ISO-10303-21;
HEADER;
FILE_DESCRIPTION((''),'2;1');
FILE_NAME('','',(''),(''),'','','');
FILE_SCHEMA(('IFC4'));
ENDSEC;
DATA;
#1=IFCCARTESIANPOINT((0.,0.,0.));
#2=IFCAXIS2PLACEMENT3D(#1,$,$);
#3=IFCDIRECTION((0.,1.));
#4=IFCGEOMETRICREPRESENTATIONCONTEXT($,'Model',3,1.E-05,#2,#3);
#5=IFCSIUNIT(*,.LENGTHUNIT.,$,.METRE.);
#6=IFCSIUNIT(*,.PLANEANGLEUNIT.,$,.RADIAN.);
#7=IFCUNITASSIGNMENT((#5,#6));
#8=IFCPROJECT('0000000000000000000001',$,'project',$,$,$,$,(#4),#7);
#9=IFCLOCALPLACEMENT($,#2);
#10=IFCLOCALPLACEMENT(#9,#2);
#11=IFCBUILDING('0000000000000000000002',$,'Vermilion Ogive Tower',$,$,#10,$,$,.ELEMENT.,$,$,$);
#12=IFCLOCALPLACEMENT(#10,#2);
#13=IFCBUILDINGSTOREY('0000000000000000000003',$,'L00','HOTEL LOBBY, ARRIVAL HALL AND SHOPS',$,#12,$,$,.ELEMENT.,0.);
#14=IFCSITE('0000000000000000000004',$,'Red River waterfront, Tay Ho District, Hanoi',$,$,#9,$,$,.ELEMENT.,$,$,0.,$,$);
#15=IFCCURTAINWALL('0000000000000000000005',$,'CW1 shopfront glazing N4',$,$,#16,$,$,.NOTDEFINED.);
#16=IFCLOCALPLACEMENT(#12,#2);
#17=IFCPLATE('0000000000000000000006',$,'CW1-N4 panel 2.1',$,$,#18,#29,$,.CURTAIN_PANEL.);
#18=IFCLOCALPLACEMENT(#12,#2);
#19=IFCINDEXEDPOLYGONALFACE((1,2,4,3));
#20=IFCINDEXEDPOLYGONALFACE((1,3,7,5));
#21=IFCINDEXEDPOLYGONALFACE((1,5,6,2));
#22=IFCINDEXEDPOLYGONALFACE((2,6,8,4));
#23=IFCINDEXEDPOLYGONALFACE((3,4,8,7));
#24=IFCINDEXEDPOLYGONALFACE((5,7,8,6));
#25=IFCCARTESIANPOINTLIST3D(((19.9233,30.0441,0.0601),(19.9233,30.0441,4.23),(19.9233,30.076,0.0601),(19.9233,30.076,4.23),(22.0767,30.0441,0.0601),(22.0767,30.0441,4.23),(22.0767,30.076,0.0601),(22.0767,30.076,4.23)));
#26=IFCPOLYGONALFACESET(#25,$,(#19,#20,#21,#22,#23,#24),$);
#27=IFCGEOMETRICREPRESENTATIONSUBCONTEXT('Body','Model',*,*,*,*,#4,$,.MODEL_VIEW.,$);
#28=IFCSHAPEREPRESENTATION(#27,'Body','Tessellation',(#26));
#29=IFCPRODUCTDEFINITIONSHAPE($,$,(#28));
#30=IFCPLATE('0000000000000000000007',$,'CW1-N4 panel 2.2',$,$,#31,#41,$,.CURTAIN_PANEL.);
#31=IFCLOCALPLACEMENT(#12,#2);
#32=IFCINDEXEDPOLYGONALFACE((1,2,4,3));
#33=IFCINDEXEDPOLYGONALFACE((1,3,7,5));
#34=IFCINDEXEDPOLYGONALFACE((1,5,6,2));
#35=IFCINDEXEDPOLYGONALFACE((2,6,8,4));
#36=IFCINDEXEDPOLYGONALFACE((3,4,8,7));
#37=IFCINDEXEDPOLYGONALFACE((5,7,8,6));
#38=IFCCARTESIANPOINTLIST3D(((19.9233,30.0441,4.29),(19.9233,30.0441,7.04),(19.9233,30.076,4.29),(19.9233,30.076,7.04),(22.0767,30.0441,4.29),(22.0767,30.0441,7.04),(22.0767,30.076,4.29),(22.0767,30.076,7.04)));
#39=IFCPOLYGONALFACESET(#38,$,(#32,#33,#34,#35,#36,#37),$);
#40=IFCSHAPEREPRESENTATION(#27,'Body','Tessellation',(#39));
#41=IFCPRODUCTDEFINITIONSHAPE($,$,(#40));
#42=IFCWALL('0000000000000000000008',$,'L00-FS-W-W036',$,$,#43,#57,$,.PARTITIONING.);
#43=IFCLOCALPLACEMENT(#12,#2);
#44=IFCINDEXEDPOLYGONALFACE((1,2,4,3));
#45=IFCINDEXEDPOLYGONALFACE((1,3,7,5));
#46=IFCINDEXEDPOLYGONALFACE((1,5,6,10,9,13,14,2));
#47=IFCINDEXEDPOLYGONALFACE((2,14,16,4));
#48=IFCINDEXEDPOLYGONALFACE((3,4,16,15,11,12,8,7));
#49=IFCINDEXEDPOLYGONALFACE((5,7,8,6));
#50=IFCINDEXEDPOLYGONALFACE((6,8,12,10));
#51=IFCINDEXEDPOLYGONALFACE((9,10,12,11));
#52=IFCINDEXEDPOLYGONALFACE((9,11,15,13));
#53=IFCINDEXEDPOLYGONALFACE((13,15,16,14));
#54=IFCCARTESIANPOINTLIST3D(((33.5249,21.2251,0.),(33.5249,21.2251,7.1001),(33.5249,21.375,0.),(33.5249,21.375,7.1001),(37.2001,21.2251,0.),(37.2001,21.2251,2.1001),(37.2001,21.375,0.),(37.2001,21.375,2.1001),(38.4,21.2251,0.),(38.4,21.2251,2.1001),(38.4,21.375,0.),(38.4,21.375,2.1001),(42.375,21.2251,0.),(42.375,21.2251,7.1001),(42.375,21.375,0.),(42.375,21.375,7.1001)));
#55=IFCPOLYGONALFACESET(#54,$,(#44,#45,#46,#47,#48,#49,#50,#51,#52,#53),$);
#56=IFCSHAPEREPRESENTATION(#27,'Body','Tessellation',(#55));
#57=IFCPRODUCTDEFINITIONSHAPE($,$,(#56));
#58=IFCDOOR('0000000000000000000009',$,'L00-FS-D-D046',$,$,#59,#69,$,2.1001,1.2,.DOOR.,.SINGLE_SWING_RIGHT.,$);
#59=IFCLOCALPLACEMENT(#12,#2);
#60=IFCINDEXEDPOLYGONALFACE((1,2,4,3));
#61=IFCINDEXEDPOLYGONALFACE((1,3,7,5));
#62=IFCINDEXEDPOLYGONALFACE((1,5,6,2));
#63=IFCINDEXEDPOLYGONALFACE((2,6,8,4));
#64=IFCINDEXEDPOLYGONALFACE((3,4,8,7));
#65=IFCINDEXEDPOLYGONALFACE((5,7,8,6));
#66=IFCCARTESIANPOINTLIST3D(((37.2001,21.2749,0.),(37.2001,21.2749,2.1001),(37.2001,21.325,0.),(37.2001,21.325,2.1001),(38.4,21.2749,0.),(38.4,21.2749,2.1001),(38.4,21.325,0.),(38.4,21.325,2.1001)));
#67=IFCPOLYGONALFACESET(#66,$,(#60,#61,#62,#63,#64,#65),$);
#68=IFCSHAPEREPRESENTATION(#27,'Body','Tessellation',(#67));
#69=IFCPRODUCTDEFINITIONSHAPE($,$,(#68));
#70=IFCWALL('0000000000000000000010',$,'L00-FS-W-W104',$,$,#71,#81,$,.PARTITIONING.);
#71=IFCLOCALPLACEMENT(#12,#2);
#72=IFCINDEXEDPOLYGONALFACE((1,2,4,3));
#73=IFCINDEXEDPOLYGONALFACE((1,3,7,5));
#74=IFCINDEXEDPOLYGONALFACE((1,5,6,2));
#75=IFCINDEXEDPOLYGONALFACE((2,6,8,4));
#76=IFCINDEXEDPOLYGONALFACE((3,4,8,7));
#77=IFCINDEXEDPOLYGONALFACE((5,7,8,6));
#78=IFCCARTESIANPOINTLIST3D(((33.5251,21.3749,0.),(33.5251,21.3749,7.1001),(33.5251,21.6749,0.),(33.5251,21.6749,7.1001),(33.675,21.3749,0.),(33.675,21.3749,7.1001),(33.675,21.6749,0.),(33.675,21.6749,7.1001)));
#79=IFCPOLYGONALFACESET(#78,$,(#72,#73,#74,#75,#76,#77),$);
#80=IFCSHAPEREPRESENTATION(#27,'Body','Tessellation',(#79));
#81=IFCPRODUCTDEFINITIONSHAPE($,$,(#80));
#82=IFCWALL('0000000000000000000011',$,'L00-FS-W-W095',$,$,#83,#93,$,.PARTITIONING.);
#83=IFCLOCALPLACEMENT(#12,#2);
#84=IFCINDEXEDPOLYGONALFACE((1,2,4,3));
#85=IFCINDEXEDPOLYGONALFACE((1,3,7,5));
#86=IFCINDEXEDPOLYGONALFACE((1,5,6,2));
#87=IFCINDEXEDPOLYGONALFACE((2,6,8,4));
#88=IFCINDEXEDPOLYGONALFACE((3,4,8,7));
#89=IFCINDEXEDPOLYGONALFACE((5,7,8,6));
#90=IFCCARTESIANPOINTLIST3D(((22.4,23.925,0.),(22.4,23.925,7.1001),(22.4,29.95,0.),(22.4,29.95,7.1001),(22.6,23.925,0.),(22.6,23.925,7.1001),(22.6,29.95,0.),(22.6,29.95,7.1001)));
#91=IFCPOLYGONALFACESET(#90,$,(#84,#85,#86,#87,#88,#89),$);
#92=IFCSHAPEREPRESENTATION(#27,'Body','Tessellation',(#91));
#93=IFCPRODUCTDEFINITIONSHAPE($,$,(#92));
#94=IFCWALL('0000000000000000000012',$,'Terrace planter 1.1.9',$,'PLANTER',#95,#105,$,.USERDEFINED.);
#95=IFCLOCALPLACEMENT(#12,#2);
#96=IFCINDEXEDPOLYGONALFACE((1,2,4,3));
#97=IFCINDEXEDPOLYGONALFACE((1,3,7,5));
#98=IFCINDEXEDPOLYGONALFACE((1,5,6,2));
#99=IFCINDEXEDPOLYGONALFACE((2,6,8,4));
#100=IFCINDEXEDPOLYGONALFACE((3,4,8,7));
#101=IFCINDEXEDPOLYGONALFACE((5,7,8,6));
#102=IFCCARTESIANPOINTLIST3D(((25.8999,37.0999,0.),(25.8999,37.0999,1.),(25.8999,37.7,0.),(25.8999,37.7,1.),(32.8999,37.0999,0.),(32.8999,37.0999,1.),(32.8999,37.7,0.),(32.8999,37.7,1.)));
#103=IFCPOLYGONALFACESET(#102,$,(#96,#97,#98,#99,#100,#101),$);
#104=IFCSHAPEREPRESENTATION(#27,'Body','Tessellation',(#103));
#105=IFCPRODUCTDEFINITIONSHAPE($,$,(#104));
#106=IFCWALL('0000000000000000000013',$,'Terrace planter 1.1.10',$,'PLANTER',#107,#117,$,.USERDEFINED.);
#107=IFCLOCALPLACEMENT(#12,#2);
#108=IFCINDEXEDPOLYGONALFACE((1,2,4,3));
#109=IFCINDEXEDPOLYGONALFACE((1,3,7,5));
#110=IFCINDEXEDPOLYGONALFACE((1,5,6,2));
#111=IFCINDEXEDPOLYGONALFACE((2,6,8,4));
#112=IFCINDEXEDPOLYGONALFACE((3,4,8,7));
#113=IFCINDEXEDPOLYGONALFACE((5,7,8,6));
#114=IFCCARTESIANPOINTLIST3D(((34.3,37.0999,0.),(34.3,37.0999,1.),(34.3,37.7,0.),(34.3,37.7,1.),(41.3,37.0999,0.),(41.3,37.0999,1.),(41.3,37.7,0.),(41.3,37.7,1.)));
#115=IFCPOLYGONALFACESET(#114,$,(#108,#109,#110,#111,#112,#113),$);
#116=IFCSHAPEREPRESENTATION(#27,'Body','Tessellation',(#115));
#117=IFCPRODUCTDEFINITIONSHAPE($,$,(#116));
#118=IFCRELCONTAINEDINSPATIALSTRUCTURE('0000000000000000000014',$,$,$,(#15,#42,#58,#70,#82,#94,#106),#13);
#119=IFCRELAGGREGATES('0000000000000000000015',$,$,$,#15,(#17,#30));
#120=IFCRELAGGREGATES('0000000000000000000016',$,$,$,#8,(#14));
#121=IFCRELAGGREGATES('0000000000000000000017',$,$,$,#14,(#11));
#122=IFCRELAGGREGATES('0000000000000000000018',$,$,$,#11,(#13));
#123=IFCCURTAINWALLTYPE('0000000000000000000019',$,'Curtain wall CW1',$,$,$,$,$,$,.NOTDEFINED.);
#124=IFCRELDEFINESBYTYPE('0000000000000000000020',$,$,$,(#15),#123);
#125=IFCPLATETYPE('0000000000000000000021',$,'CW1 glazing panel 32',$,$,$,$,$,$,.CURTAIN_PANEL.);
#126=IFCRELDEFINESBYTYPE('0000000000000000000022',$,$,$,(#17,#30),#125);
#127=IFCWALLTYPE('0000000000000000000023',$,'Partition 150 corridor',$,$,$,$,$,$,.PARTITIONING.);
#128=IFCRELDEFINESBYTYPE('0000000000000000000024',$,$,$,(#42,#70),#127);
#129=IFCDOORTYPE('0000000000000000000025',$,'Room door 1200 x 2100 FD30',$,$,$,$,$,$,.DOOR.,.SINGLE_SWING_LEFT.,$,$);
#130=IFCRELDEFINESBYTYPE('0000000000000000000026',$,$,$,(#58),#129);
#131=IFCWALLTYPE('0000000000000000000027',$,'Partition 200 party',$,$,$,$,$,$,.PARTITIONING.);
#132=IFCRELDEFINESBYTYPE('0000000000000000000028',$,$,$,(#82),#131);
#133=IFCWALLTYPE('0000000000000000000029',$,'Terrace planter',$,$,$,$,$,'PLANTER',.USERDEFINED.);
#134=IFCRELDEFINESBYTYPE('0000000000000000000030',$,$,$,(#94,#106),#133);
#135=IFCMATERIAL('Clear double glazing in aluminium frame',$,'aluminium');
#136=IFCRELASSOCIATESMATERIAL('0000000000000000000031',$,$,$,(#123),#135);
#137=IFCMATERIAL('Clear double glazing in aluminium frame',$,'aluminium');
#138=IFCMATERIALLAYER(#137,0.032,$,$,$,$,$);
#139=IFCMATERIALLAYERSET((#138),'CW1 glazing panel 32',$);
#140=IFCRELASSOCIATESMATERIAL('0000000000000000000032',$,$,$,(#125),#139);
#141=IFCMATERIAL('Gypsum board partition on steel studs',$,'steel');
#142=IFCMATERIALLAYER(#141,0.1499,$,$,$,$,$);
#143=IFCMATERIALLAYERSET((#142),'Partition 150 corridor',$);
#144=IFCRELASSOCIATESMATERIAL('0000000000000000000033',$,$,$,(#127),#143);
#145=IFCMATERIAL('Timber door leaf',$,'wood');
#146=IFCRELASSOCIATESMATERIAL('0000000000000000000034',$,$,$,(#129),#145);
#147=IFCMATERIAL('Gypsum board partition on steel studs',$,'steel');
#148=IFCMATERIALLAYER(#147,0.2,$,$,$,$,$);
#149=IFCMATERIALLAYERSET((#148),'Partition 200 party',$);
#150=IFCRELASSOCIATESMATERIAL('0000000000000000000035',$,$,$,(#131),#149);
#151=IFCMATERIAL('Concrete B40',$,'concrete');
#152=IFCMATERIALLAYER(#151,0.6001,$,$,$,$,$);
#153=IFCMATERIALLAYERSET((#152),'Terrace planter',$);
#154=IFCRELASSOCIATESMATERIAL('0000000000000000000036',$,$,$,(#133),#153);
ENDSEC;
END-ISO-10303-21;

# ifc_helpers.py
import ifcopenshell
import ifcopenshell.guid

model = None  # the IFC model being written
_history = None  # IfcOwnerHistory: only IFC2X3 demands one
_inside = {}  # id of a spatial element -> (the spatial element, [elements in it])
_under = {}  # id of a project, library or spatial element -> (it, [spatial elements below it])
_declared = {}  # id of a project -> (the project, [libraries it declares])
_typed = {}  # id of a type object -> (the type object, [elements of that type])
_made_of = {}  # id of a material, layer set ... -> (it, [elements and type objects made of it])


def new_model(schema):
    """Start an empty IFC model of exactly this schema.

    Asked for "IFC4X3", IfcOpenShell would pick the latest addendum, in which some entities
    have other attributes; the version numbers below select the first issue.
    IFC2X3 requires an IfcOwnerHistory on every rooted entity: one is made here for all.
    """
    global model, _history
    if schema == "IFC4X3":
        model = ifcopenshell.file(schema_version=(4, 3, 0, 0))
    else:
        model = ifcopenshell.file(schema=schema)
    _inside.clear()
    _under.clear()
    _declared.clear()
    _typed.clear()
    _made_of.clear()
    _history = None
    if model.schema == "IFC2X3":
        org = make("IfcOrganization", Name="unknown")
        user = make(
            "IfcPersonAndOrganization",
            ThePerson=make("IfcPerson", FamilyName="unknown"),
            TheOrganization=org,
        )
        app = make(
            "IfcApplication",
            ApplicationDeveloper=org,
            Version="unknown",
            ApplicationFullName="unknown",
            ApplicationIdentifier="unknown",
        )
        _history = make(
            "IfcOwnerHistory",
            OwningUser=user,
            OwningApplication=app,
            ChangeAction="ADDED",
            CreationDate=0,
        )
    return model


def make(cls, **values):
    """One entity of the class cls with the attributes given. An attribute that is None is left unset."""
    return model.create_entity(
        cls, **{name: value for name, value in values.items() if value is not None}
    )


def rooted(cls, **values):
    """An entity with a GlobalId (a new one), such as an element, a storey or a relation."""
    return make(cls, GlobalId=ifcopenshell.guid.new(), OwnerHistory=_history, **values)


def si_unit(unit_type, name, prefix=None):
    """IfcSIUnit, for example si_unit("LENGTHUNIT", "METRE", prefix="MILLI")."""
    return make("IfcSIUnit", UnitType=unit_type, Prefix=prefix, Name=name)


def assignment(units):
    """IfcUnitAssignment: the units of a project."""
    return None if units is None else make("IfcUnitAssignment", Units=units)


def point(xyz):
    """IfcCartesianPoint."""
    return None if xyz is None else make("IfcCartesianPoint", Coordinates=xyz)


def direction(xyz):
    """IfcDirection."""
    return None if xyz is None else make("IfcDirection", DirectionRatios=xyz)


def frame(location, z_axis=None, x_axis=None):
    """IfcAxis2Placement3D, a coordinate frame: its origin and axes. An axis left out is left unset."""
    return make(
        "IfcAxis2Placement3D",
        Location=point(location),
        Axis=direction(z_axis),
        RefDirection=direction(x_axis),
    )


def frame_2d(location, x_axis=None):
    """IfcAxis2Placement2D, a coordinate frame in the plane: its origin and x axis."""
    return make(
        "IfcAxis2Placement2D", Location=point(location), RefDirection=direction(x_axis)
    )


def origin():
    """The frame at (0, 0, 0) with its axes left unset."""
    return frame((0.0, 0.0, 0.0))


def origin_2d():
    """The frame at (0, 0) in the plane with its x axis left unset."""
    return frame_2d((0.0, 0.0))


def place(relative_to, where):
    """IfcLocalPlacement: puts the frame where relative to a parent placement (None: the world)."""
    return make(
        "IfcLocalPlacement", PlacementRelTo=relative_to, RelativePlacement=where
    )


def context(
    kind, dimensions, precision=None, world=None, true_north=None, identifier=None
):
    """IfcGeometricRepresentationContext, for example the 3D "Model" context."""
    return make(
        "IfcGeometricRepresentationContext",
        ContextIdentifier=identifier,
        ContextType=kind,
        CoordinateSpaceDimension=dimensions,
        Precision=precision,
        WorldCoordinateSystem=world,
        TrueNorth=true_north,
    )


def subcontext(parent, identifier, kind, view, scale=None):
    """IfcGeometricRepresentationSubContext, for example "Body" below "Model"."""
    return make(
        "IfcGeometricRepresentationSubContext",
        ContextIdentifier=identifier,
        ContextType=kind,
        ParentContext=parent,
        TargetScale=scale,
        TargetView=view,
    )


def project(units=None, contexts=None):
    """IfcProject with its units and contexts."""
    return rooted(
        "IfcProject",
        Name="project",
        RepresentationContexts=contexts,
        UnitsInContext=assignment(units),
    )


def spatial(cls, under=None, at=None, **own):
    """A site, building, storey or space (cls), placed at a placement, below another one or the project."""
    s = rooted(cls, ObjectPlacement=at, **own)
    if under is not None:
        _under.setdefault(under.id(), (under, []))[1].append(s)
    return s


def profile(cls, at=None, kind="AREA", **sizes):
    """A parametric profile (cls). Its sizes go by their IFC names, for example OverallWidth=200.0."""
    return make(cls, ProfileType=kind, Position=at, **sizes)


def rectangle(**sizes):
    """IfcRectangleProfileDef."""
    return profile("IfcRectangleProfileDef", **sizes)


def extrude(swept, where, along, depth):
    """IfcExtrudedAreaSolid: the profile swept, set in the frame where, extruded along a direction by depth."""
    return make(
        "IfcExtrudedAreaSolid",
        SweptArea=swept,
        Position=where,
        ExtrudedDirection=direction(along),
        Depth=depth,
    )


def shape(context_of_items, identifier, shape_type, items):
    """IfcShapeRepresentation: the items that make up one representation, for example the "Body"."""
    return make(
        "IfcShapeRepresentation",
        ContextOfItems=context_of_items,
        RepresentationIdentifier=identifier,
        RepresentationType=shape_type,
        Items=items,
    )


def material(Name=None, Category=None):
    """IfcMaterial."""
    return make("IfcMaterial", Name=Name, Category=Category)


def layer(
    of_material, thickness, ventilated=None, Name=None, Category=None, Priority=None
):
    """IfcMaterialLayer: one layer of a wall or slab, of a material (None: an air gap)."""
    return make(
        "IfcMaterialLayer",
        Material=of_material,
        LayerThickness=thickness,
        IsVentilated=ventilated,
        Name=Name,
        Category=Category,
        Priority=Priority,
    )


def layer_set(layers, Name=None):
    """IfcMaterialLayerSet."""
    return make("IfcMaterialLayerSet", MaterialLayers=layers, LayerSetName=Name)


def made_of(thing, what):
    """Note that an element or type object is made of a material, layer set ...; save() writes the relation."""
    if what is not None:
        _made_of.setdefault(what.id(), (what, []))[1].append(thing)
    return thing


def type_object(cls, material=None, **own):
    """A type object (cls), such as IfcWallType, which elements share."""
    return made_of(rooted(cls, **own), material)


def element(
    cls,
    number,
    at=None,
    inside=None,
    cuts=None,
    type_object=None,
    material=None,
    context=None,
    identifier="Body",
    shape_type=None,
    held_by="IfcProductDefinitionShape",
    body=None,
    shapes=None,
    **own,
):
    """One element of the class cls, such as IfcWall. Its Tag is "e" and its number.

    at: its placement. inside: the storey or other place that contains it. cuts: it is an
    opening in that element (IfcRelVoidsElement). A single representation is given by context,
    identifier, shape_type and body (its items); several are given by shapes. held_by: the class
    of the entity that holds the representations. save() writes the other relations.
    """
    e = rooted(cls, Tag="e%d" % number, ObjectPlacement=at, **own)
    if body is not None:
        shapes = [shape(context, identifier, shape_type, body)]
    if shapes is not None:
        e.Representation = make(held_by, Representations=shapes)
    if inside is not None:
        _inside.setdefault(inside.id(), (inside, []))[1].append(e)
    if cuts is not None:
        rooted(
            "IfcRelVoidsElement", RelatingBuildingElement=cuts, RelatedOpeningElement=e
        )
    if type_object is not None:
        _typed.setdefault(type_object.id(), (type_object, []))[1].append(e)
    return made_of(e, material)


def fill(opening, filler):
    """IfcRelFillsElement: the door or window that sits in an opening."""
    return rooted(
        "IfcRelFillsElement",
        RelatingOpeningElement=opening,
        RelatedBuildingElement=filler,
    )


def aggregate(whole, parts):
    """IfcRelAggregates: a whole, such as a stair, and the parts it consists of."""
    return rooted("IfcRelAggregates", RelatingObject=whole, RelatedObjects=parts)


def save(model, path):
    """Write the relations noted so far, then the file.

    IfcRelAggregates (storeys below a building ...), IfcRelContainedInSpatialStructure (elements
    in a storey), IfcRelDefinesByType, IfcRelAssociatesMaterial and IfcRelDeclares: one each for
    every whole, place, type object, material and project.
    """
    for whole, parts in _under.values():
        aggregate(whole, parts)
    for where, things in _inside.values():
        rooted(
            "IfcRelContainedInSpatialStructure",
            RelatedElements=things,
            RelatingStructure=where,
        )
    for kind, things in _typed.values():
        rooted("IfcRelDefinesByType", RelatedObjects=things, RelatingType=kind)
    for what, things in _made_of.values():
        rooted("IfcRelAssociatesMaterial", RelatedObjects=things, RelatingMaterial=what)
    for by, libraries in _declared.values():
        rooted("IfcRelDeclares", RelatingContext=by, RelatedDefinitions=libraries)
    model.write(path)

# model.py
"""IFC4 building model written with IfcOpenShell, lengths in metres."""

from ifc_helpers import new_model, si_unit, direction, frame, frame_2d, origin, origin_2d, place, context, subcontext, project, spatial, rectangle, extrude, material, layer, layer_set, type_object, element, fill, aggregate, save


model = new_model("IFC4")

# Units and contexts
model_context = context("Model", 3, precision=1e-05, world=origin(), true_north=direction((0.0, 1.0)))
body_context = subcontext(model_context, "Body", "Model", "MODEL_VIEW")
ifc_project = project(units=[si_unit("LENGTHUNIT", "METRE"), si_unit("PLANEANGLEUNIT", "RADIAN")], contexts=[model_context])

# Site, building, storey
site_placement = place(None, origin())
site = spatial("IfcSite", under=ifc_project, at=site_placement, Name="Red River waterfront, Tay Ho District, Hanoi", CompositionType="ELEMENT", RefElevation=0.0)
building_placement = place(site_placement, origin())
building = spatial("IfcBuilding", under=site, at=building_placement, Name="Vermilion Ogive Tower", CompositionType="ELEMENT")
storey_placement = place(building_placement, origin())
storey = spatial("IfcBuildingStorey", under=building, at=storey_placement, Name="L00", Description="HOTEL LOBBY, ARRIVAL HALL AND SHOPS", CompositionType="ELEMENT", Elevation=0.0)

# Shared definitions
ifc_material_1 = material(Name="Clear double glazing in aluminium frame", Category="aluminium")
curtain_wall_type = type_object("IfcCurtainWallType", Name="Curtain wall CW1", PredefinedType="NOTDEFINED", material=ifc_material_1)

# Curtain wall, plates
curtain_wall_1_placement = place(storey_placement, origin())
curtain_wall_1 = element("IfcCurtainWall", 1, at=curtain_wall_1_placement, inside=storey, type_object=curtain_wall_type, Name="CW1 shopfront glazing N4", PredefinedType="NOTDEFINED")
ifc_material_2 = material(Name="Clear double glazing in aluminium frame", Category="aluminium")
ifc_layer_1 = layer(ifc_material_2, 0.032)
ifc_layer_set_1 = layer_set([ifc_layer_1], Name="CW1 glazing panel 32")
plate_type = type_object("IfcPlateType", Name="CW1 glazing panel 32", PredefinedType="CURTAIN_PANEL", material=ifc_layer_set_1)
plate_1_placement = place(storey_placement, frame((21.0, 30.0601, 0.0601), z_axis=(0.0, 0.0, 1.0), x_axis=(-1.0, 0.0, 0.0)))
plate_1 = element("IfcPlate", 2, at=plate_1_placement, type_object=plate_type, Name="CW1-N4 panel 2.1", PredefinedType="CURTAIN_PANEL", context=body_context, shape_type="SweptSolid", body=[
    extrude(rectangle(XDim=2.1533, YDim=0.032, at=origin_2d()), origin(), (0.0, 0.0, 1.0), 4.1699),
])
plate_2_placement = place(storey_placement, frame((21.0, 30.0601, 4.29), z_axis=(0.0, 0.0, 1.0), x_axis=(-1.0, 0.0, 0.0)))
plate_2 = element("IfcPlate", 3, at=plate_2_placement, type_object=plate_type, Name="CW1-N4 panel 2.2", PredefinedType="CURTAIN_PANEL", context=body_context, shape_type="SweptSolid", body=[
    extrude(rectangle(XDim=2.1533, YDim=0.032, at=origin_2d()), origin(), (0.0, 0.0, 1.0), 2.75),
])
aggregate(curtain_wall_1, [plate_1, plate_2])

# Wall, opening, door
ifc_material_3 = material(Name="Gypsum board partition on steel studs", Category="steel")
ifc_layer_2 = layer(ifc_material_3, 0.1499)
ifc_layer_set_2 = layer_set([ifc_layer_2], Name="Partition 150 corridor")
wall_type_1 = type_object("IfcWallType", Name="Partition 150 corridor", PredefinedType="PARTITIONING", material=ifc_layer_set_2)
wall_1_placement = place(storey_placement, frame((33.5249, 21.3, 0.0), z_axis=(0.0, 0.0, 1.0), x_axis=(1.0, 0.0, 0.0)))
wall_1 = element("IfcWall", 4, at=wall_1_placement, inside=storey, type_object=wall_type_1, Name="L00-FS-W-W036", PredefinedType="PARTITIONING", context=body_context, shape_type="SweptSolid", body=[
    extrude(rectangle(XDim=8.8501, YDim=0.1499, at=frame_2d((4.425, 0.0))), origin(), (0.0, 0.0, 1.0), 7.1001),
])
opening_1_placement = place(wall_1_placement, frame((3.675, 0.0, 0.0)))
opening_1 = element("IfcOpeningElement", 5, at=opening_1_placement, cuts=wall_1, PredefinedType="OPENING", context=body_context, shape_type="SweptSolid", body=[
    extrude(rectangle(XDim=1.2, YDim=2.1001, at=frame_2d((0.6001, 1.05))), frame((0.0, 0.085, 0.0), z_axis=(0.0, -1.0, 0.0), x_axis=(1.0, 0.0, 0.0)), (0.0, 0.0, 1.0), 0.1699),
])
ifc_material_4 = material(Name="Timber door leaf", Category="wood")
door_type_1 = type_object("IfcDoorType", Name="Room door 1200 x 2100 FD30", OperationType="SINGLE_SWING_LEFT", PredefinedType="DOOR", material=ifc_material_4)
door_1_placement = place(opening_1_placement, origin())
door_1 = element("IfcDoor", 6, at=door_1_placement, inside=storey, type_object=door_type_1, Name="L00-FS-D-D046", OperationType="SINGLE_SWING_RIGHT", OverallHeight=2.1001, OverallWidth=1.2, PredefinedType="DOOR", context=body_context, shape_type="SweptSolid", body=[
    extrude(rectangle(XDim=1.2, YDim=2.1001, at=frame_2d((0.6001, 1.05))), frame((0.0, 0.0249, 0.0), z_axis=(0.0, -1.0, 0.0), x_axis=(1.0, 0.0, 0.0)), (0.0, 0.0, 1.0), 0.05),
])
fill(opening_1, door_1)

# Walls
wall_2_placement = place(storey_placement, frame((33.6001, 21.375, 0.0), z_axis=(0.0, 0.0, 1.0), x_axis=(0.0, 1.0, 0.0)))
element("IfcWall", 7, at=wall_2_placement, inside=storey, type_object=wall_type_1, Name="L00-FS-W-W104", PredefinedType="PARTITIONING", context=body_context, shape_type="SweptSolid", body=[
    extrude(rectangle(XDim=0.3, YDim=0.1499, at=frame_2d((0.1499, 0.0))), origin(), (0.0, 0.0, 1.0), 7.1001),
])
ifc_material_5 = material(Name="Gypsum board partition on steel studs", Category="steel")
ifc_layer_3 = layer(ifc_material_5, 0.2)
ifc_layer_set_3 = layer_set([ifc_layer_3], Name="Partition 200 party")
wall_type_2 = type_object("IfcWallType", Name="Partition 200 party", PredefinedType="PARTITIONING", material=ifc_layer_set_3)
wall_3_placement = place(storey_placement, frame((22.5, 23.925, 0.0), z_axis=(0.0, 0.0, 1.0), x_axis=(0.0, 1.0, 0.0)))
element("IfcWall", 8, at=wall_3_placement, inside=storey, type_object=wall_type_2, Name="L00-FS-W-W095", PredefinedType="PARTITIONING", context=body_context, shape_type="SweptSolid", body=[
    extrude(rectangle(XDim=6.0249, YDim=0.2, at=frame_2d((3.0125, 0.0))), origin(), (0.0, 0.0, 1.0), 7.1001),
])
ifc_material_6 = material(Name="Concrete B40", Category="concrete")
ifc_layer_4 = layer(ifc_material_6, 0.6001)
ifc_layer_set_4 = layer_set([ifc_layer_4], Name="Terrace planter")
wall_type_3 = type_object("IfcWallType", Name="Terrace planter", ElementType="PLANTER", PredefinedType="USERDEFINED", material=ifc_layer_set_4)
for number, where, z_axis, x_axis, name in (
    (9, (25.8999, 37.3999, 0.0), (0.0, 0.0, 1.0), (1.0, 0.0, 0.0), "Terrace planter 1.1.9"),
    (10, (34.3, 37.3999, 0.0), (0.0, 0.0, 1.0), (1.0, 0.0, 0.0), "Terrace planter 1.1.10"),
):
    element("IfcWall", number, at=place(storey_placement, frame(where, z_axis=z_axis, x_axis=x_axis)), inside=storey, type_object=wall_type_3, Name=name, ObjectType="PLANTER", PredefinedType="USERDEFINED", context=body_context, shape_type="SweptSolid", body=[
        extrude(rectangle(XDim=7.0, YDim=0.6001, at=frame_2d((3.5, 0.0))), origin(), (0.0, 0.0, 1.0), 1.0),
    ])

save(model, "model.ifc")
